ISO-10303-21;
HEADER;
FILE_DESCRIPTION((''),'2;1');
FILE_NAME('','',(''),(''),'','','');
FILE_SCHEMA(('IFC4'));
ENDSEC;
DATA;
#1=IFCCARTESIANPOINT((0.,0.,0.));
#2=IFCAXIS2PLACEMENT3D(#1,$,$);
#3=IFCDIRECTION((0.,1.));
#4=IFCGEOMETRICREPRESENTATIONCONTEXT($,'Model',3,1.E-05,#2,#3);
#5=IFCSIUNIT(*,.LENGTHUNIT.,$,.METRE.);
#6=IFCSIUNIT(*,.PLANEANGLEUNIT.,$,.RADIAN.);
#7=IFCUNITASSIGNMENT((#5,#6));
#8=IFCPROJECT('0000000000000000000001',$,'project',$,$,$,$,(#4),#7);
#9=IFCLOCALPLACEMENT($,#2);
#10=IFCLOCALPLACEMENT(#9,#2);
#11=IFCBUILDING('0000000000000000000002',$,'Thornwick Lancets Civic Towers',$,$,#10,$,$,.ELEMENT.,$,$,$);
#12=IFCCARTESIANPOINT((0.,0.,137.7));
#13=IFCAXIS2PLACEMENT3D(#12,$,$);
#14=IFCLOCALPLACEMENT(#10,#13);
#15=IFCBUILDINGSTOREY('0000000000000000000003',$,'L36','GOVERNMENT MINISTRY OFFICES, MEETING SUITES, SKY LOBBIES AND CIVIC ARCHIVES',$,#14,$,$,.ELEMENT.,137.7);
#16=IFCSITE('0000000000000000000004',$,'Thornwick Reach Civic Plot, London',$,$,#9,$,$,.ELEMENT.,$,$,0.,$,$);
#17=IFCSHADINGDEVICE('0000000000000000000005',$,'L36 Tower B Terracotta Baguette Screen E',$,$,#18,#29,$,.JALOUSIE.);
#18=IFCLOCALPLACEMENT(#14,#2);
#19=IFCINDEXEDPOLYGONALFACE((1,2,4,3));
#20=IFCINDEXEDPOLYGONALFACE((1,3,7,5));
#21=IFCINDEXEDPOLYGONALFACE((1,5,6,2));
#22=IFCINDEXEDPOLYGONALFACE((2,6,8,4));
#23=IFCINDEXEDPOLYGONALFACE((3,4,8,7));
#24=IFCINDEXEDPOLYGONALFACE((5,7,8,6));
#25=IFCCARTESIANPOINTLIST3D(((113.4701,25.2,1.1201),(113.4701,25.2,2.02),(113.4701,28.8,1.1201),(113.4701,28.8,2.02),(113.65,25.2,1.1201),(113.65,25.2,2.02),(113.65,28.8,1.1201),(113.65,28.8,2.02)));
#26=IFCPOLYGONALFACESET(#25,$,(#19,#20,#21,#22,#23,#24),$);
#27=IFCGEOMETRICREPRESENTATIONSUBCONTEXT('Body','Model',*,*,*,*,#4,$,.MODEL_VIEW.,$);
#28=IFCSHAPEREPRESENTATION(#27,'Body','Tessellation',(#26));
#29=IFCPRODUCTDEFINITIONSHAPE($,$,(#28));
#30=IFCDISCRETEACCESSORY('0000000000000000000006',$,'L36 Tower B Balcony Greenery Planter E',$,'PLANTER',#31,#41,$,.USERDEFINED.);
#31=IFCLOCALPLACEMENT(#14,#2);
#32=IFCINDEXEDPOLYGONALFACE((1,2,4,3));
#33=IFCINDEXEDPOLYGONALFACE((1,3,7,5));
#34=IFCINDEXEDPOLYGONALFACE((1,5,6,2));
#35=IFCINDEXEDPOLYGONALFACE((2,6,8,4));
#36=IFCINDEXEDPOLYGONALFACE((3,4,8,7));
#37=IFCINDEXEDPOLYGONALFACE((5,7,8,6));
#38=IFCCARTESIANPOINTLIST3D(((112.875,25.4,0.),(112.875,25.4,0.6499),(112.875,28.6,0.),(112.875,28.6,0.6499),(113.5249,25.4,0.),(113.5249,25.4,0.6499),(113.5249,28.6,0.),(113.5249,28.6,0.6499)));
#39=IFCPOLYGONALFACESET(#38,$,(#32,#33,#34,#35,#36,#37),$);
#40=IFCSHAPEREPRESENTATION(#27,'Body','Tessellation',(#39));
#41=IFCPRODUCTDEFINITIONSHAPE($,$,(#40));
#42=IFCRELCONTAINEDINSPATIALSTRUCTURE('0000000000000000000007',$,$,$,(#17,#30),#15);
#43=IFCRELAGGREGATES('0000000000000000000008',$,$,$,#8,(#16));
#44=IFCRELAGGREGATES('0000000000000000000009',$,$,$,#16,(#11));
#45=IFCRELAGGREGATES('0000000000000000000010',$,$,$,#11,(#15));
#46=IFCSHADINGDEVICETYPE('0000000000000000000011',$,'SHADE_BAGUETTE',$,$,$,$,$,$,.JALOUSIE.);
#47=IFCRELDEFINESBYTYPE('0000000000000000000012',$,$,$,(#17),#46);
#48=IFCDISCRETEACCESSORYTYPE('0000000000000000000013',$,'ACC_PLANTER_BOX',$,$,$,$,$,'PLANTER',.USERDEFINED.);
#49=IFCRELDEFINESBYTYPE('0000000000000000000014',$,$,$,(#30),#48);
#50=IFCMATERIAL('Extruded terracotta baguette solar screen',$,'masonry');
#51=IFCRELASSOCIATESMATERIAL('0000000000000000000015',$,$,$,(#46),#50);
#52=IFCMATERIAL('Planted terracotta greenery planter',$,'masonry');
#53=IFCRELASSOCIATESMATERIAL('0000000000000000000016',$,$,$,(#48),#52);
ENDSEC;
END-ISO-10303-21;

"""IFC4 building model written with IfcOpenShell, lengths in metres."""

from ifc_helpers import new_model, si_unit, direction, frame, origin, origin_2d, place, context, subcontext, project, spatial, rectangle, extrude, material, type_object, element, save


model = new_model("IFC4")

# Units and contexts
model_context = context("Model", 3, precision=1e-05, world=origin(), true_north=direction((0.0, 1.0)))
body_context = subcontext(model_context, "Body", "Model", "MODEL_VIEW")
ifc_project = project(units=[si_unit("LENGTHUNIT", "METRE"), si_unit("PLANEANGLEUNIT", "RADIAN")], contexts=[model_context])

# Site, building, storey
site_placement = place(None, origin())
site = spatial("IfcSite", under=ifc_project, at=site_placement, Name="Thornwick Reach Civic Plot, London", CompositionType="ELEMENT", RefElevation=0.0)
building_placement = place(site_placement, origin())
building = spatial("IfcBuilding", under=site, at=building_placement, Name="Thornwick Lancets Civic Towers", CompositionType="ELEMENT")
storey_placement = place(building_placement, frame((0.0, 0.0, 137.7)))
storey = spatial("IfcBuildingStorey", under=building, at=storey_placement, Name="L36", Description="GOVERNMENT MINISTRY OFFICES, MEETING SUITES, SKY LOBBIES AND CIVIC ARCHIVES", CompositionType="ELEMENT", Elevation=137.7)

# Shading device
ifc_material_1 = material(Name="Extruded terracotta baguette solar screen", Category="masonry")
shading_device_type = type_object("IfcShadingDeviceType", Name="SHADE_BAGUETTE", PredefinedType="JALOUSIE", material=ifc_material_1)
shading_device_placement = place(storey_placement, frame((113.5601, 27.0, 1.1201), z_axis=(0.0, 0.0, 1.0), x_axis=(0.0, 1.0, 0.0)))
element("IfcShadingDevice", 1, at=shading_device_placement, inside=storey, type_object=shading_device_type, Name="L36 Tower B Terracotta Baguette Screen E", PredefinedType="JALOUSIE", context=body_context, shape_type="SweptSolid", body=[
    extrude(rectangle(XDim=3.6001, YDim=0.1799, at=origin_2d()), origin(), (0.0, 0.0, 1.0), 0.8999),
])

# Discrete accessory
ifc_material_2 = material(Name="Planted terracotta greenery planter", Category="masonry")
discrete_accessory_type = type_object("IfcDiscreteAccessoryType", Name="ACC_PLANTER_BOX", ElementType="PLANTER", PredefinedType="USERDEFINED", material=ifc_material_2)
discrete_accessory_placement = place(storey_placement, frame((113.2, 27.0, 0.0), z_axis=(0.0, 0.0, 1.0), x_axis=(1.0, 0.0, 0.0)))
element("IfcDiscreteAccessory", 2, at=discrete_accessory_placement, inside=storey, type_object=discrete_accessory_type, Name="L36 Tower B Balcony Greenery Planter E", ObjectType="PLANTER", PredefinedType="USERDEFINED", context=body_context, shape_type="SweptSolid", body=[
    extrude(rectangle(XDim=0.6499, YDim=3.2, at=origin_2d()), origin(), (0.0, 0.0, 1.0), 0.6499),
])

save(model, "model.ifc")
